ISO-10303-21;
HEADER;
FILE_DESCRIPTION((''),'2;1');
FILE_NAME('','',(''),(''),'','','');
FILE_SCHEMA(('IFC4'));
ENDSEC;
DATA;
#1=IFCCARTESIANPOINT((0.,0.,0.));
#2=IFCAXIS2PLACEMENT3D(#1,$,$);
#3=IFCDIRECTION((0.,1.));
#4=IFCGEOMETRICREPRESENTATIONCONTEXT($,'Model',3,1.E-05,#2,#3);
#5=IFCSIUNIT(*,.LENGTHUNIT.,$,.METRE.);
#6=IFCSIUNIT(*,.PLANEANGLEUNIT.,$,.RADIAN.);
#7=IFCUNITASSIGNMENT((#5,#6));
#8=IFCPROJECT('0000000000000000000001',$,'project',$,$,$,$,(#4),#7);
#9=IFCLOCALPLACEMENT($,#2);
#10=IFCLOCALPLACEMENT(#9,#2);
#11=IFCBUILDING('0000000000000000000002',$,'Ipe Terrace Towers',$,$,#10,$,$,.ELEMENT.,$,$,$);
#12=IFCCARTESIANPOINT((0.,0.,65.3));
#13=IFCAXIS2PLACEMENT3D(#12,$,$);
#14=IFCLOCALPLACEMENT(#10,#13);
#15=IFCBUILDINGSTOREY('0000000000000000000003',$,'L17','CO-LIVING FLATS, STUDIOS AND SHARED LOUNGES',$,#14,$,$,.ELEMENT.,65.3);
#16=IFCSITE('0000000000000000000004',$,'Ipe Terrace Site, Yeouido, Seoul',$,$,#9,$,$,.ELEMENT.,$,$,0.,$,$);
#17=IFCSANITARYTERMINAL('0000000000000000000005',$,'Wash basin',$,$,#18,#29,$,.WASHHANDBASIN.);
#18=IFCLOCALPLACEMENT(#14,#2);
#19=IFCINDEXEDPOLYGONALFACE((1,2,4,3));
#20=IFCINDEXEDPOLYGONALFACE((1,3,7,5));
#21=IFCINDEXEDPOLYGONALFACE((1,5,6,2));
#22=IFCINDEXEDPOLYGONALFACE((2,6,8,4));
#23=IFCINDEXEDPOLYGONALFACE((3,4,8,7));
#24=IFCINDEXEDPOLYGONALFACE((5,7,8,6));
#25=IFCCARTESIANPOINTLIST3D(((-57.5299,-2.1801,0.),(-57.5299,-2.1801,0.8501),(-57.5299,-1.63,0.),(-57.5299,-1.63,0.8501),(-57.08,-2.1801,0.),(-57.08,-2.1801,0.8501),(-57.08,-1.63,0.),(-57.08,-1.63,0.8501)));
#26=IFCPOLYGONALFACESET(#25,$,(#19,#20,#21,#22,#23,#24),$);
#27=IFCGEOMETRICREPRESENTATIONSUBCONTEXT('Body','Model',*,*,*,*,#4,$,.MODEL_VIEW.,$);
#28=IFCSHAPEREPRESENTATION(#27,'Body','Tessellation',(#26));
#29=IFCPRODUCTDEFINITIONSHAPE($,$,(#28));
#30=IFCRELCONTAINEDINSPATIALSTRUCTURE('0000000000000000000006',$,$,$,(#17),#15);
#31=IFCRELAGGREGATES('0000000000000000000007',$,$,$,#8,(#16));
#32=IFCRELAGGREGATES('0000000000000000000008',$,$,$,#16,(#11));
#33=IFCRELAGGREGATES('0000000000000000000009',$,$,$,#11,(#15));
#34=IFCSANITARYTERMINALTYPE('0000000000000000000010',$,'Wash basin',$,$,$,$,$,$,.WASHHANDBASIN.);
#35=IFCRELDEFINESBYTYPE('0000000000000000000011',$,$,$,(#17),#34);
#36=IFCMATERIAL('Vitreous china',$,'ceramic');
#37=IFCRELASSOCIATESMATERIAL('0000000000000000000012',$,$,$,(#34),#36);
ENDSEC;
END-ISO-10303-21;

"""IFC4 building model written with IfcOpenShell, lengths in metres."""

from ifc_helpers import new_model, si_unit, direction, frame, origin, origin_2d, place, context, subcontext, project, spatial, rectangle, extrude, material, type_object, element, save


model = new_model("IFC4")

# Units and contexts
model_context = context("Model", 3, precision=1e-05, world=origin(), true_north=direction((0.0, 1.0)))
body_context = subcontext(model_context, "Body", "Model", "MODEL_VIEW")
ifc_project = project(units=[si_unit("LENGTHUNIT", "METRE"), si_unit("PLANEANGLEUNIT", "RADIAN")], contexts=[model_context])

# Site, building, storey
site_placement = place(None, origin())
site = spatial("IfcSite", under=ifc_project, at=site_placement, Name="Ipe Terrace Site, Yeouido, Seoul", CompositionType="ELEMENT", RefElevation=0.0)
building_placement = place(site_placement, origin())
building = spatial("IfcBuilding", under=site, at=building_placement, Name="Ipe Terrace Towers", CompositionType="ELEMENT")
storey_placement = place(building_placement, frame((0.0, 0.0, 65.3)))
storey = spatial("IfcBuildingStorey", under=building, at=storey_placement, Name="L17", Description="CO-LIVING FLATS, STUDIOS AND SHARED LOUNGES", CompositionType="ELEMENT", Elevation=65.3)

# Sanitary terminal
ifc_material_1 = material(Name="Vitreous china", Category="ceramic")
sanitary_terminal_type_1 = type_object("IfcSanitaryTerminalType", Name="Wash basin", PredefinedType="WASHHANDBASIN", material=ifc_material_1)
sanitary_terminal_1_placement = place(storey_placement, frame((-57.3049, -1.905, 0.0), z_axis=(0.0, 0.0, 1.0), x_axis=(0.0, 1.0, 0.0)))
element("IfcSanitaryTerminal", 1, at=sanitary_terminal_1_placement, inside=storey, type_object=sanitary_terminal_type_1, Name="Wash basin", PredefinedType="WASHHANDBASIN", context=body_context, shape_type="SweptSolid", body=[
    extrude(rectangle(XDim=0.55, YDim=0.45, at=origin_2d()), origin(), (0.0, 0.0, 1.0), 0.8501),
])

save(model, "model.ifc")
